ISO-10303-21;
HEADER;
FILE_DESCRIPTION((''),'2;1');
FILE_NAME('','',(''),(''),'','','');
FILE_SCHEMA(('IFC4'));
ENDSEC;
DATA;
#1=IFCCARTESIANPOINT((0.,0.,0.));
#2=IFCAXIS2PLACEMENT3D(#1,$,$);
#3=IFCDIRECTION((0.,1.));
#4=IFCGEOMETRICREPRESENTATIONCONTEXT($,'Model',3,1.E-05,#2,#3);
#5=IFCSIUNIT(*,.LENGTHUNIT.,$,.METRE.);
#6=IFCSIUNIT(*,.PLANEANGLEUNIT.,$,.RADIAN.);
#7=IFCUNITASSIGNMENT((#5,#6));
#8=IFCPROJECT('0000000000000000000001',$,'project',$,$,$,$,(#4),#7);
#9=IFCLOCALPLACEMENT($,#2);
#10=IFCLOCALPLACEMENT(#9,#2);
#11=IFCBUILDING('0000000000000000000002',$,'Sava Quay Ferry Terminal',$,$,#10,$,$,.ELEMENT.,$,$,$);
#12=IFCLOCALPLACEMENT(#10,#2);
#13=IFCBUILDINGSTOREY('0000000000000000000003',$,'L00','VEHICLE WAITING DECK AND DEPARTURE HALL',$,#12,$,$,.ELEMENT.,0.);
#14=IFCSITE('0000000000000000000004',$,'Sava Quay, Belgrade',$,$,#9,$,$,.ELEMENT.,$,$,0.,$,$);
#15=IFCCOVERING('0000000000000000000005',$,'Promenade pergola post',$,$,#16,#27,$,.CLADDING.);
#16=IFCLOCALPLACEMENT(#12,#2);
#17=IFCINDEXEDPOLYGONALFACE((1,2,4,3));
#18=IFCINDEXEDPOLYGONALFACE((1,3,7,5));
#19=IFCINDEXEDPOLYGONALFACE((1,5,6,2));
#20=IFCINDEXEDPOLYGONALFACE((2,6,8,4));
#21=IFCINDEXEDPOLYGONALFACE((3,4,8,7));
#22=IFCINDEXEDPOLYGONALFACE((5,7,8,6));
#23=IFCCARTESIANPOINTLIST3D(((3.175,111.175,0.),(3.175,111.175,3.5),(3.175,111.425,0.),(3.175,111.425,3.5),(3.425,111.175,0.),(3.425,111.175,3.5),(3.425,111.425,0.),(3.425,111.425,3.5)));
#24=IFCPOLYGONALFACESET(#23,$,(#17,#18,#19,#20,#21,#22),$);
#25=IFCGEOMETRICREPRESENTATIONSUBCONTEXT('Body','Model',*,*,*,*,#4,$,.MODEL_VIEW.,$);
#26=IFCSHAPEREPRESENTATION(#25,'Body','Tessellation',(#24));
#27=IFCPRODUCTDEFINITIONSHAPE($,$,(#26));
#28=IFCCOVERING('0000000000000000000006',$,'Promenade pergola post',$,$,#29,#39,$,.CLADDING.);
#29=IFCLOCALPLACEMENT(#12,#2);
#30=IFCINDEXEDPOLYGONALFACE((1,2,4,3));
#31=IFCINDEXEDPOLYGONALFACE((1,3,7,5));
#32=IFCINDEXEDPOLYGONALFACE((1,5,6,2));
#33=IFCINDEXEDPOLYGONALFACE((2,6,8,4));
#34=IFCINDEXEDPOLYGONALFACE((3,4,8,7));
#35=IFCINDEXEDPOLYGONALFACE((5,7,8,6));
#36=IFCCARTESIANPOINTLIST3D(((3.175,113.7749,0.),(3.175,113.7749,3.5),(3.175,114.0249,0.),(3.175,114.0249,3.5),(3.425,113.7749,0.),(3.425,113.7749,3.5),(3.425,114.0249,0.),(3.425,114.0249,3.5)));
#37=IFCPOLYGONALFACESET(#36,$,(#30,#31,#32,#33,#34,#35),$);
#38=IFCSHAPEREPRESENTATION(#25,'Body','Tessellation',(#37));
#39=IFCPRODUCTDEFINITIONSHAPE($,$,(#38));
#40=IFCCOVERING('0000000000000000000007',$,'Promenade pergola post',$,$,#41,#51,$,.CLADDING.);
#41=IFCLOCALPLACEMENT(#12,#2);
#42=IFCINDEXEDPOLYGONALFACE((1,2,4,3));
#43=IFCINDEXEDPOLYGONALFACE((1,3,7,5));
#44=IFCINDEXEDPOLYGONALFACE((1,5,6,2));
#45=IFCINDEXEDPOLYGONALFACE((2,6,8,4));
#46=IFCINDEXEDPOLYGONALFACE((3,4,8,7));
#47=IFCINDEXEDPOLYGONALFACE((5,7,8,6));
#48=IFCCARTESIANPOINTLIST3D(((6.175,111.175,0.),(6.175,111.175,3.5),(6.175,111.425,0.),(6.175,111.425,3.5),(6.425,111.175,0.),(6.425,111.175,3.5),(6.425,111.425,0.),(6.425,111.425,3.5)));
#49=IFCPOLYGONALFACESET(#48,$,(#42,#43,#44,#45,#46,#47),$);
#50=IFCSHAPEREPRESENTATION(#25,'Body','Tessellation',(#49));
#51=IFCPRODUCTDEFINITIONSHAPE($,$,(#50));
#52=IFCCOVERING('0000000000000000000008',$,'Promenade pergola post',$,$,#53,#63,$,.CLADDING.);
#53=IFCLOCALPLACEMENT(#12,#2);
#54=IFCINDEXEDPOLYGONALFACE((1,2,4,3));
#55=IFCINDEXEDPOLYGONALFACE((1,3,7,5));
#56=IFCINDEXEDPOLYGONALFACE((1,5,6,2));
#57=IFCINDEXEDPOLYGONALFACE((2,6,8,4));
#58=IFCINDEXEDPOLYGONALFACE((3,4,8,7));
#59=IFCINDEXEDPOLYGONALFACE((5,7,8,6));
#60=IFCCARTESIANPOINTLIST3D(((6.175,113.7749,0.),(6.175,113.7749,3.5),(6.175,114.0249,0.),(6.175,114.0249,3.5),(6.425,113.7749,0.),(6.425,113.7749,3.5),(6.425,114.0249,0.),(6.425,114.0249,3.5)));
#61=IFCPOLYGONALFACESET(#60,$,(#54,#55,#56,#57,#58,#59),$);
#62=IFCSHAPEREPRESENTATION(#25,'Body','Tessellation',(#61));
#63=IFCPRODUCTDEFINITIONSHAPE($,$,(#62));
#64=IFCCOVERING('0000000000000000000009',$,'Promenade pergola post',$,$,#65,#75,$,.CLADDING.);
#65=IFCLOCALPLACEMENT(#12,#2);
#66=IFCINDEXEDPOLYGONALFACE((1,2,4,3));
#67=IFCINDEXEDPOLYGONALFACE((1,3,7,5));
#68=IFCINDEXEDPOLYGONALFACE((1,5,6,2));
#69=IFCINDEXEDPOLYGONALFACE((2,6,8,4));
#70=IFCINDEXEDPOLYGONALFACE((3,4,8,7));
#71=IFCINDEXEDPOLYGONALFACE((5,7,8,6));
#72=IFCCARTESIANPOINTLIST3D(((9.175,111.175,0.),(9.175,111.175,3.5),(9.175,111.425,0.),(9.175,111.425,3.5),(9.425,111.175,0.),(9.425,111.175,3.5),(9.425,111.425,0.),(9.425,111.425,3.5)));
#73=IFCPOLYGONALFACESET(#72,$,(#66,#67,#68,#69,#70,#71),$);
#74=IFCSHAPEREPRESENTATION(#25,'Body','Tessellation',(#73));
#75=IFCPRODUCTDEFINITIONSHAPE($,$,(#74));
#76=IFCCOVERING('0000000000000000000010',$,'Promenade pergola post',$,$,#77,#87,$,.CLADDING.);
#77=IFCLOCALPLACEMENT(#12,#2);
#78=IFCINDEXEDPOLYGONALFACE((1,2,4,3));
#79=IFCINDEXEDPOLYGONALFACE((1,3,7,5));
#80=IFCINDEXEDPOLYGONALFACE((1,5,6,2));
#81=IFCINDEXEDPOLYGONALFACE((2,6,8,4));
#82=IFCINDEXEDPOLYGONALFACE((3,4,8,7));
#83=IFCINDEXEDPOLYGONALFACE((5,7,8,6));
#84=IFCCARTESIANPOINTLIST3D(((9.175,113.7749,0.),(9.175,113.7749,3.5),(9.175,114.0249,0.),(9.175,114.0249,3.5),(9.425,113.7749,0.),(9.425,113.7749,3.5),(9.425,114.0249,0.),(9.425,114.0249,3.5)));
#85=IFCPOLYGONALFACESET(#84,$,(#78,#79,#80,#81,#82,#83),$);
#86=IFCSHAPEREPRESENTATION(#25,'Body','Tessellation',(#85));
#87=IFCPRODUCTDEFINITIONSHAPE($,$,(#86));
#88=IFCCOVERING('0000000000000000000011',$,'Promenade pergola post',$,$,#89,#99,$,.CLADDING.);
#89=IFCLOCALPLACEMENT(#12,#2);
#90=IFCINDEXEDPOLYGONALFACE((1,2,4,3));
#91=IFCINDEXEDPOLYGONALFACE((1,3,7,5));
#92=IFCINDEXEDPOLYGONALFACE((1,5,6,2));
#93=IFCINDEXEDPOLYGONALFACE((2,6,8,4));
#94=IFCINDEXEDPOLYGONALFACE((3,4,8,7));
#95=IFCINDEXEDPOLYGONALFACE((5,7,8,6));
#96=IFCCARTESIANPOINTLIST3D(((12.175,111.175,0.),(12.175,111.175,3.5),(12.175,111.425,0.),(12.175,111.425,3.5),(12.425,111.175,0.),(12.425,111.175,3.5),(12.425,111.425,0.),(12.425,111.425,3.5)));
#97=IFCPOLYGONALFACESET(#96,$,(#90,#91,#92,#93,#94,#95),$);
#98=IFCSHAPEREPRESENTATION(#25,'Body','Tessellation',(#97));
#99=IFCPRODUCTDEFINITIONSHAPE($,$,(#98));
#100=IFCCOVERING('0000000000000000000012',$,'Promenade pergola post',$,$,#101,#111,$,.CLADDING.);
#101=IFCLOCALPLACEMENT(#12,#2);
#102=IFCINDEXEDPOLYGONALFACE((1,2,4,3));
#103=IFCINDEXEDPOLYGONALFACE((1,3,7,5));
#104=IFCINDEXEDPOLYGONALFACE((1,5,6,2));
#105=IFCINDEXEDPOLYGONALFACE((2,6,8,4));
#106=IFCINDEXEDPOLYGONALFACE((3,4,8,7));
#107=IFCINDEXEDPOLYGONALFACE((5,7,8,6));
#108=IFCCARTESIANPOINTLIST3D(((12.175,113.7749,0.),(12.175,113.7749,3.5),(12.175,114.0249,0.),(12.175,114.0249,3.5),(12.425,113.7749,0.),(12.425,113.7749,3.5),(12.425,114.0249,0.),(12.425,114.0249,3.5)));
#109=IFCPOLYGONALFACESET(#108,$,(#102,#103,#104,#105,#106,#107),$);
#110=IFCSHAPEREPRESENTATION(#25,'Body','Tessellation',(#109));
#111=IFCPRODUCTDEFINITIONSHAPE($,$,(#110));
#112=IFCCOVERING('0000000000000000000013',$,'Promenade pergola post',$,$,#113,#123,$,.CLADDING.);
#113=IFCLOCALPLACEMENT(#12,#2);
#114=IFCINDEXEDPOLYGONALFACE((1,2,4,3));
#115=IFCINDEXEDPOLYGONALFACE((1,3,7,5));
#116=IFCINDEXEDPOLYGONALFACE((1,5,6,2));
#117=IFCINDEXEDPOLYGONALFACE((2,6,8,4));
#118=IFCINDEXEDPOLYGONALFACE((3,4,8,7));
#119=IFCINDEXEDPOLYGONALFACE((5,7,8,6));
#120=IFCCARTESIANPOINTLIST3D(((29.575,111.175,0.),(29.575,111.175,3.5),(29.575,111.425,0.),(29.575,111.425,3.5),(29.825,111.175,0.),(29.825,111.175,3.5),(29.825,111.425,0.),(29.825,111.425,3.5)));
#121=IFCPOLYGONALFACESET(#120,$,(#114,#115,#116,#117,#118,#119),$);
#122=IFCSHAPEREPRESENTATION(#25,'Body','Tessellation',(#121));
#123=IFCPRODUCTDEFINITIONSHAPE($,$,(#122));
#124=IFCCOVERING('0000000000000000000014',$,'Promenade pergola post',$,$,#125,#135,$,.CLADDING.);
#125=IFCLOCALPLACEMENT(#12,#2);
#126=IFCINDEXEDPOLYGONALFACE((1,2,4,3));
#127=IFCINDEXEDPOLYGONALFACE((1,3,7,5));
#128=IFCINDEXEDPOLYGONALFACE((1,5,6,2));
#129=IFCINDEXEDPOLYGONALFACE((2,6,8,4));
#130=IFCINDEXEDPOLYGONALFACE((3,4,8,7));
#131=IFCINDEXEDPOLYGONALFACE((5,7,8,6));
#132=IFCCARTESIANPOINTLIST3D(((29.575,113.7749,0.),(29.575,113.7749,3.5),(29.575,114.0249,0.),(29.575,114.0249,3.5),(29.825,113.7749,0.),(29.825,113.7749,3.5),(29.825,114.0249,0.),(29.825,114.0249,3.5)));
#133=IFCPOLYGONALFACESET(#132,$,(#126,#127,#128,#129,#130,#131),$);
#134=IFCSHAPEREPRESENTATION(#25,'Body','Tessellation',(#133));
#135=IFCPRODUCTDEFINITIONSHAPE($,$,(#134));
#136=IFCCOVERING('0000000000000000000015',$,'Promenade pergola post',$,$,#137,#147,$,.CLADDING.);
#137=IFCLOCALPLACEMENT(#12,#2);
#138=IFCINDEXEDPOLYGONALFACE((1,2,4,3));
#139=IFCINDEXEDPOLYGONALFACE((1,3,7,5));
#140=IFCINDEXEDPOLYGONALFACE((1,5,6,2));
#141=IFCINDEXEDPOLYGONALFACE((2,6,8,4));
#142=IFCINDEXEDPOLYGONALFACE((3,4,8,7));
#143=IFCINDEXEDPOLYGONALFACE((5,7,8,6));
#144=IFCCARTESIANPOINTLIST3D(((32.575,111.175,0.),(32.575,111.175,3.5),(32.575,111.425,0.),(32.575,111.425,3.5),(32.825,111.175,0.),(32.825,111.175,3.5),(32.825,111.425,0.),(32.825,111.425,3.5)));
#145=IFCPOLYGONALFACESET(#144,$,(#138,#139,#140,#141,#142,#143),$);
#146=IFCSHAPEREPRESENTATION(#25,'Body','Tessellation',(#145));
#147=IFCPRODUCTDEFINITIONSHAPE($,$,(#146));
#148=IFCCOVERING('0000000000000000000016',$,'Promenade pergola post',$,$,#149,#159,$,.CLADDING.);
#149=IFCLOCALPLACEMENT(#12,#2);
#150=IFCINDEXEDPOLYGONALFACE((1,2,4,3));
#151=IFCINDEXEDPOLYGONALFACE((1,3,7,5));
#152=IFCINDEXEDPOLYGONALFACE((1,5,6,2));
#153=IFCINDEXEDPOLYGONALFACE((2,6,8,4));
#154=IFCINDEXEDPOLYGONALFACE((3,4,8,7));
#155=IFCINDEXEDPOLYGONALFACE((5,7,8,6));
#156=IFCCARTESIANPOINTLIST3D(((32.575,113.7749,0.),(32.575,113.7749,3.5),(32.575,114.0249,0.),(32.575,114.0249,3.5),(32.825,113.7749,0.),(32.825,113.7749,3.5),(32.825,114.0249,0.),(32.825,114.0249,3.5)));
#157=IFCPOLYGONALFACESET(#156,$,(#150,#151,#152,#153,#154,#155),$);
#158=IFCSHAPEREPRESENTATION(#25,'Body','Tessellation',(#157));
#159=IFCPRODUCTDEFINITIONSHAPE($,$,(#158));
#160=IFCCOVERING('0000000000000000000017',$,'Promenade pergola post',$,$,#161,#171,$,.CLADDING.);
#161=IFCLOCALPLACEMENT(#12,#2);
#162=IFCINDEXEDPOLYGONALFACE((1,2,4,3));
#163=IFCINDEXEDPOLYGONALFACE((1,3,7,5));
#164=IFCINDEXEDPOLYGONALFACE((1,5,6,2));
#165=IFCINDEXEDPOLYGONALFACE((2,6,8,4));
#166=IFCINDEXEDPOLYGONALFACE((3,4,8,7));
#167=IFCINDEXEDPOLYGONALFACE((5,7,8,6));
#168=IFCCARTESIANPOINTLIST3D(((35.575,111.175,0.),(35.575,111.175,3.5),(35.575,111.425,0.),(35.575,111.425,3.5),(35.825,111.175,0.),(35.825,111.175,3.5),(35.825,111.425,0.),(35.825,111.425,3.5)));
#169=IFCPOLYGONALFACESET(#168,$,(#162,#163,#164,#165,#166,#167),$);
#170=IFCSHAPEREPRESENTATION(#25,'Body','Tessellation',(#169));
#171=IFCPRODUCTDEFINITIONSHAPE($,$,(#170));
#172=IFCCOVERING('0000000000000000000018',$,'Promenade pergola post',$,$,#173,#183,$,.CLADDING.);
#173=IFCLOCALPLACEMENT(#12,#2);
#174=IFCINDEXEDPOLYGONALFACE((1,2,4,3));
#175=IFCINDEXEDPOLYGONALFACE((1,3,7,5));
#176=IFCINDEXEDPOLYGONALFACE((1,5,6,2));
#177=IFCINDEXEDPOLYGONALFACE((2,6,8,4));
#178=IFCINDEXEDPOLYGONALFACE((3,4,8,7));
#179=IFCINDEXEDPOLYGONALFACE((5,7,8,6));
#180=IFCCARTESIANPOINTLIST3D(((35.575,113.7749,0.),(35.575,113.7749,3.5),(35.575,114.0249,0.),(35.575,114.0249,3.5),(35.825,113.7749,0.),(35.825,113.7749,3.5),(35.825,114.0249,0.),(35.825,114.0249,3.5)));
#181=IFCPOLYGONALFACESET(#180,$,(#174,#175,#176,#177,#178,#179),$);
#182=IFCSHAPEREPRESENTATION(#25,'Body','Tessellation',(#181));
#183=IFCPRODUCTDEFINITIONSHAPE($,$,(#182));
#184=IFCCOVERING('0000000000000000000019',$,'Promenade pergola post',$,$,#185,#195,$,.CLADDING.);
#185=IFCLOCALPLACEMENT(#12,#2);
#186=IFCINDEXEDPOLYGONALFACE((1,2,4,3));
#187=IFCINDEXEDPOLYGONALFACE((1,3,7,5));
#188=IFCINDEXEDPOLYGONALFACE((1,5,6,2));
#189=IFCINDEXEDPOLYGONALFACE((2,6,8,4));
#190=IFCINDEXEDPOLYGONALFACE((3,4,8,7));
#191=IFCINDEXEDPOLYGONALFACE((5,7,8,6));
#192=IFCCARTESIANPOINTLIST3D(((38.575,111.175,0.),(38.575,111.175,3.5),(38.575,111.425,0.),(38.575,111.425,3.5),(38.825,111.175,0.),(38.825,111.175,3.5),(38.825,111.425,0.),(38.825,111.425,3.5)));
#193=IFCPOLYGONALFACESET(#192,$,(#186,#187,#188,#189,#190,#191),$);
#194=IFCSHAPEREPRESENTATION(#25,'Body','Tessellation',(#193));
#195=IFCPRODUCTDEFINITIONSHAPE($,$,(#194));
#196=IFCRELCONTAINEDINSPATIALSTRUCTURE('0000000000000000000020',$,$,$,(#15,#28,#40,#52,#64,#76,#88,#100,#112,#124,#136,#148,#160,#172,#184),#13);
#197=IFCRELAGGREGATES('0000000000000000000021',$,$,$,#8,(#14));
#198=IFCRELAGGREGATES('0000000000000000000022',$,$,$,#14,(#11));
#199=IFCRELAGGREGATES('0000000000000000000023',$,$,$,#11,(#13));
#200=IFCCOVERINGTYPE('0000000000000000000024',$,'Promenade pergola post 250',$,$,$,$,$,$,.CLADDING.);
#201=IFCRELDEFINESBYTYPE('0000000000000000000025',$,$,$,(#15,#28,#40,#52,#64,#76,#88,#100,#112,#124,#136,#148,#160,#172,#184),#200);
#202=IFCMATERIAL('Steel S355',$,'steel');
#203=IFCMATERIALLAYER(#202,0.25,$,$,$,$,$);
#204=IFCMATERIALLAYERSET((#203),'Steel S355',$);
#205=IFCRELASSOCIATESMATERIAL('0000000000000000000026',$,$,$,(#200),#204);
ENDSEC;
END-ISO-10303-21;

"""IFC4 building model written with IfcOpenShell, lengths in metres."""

from ifc_helpers import new_model, si_unit, direction, origin, place, context, subcontext, project, spatial, polyline, outline, extrude, material, layer, layer_set, type_object, element, save


model = new_model("IFC4")

# Units and contexts
model_context = context("Model", 3, precision=1e-05, world=origin(), true_north=direction((0.0, 1.0)))
body_context = subcontext(model_context, "Body", "Model", "MODEL_VIEW")
ifc_project = project(units=[si_unit("LENGTHUNIT", "METRE"), si_unit("PLANEANGLEUNIT", "RADIAN")], contexts=[model_context])

# Site, building, storey
site_placement = place(None, origin())
site = spatial("IfcSite", under=ifc_project, at=site_placement, Name="Sava Quay, Belgrade", CompositionType="ELEMENT", RefElevation=0.0)
building_placement = place(site_placement, origin())
building = spatial("IfcBuilding", under=site, at=building_placement, Name="Sava Quay Ferry Terminal", CompositionType="ELEMENT")
storey_placement = place(building_placement, origin())
storey = spatial("IfcBuildingStorey", under=building, at=storey_placement, Name="L00", Description="VEHICLE WAITING DECK AND DEPARTURE HALL", CompositionType="ELEMENT", Elevation=0.0)

# Coverings
ifc_material_1 = material(Name="Steel S355", Category="steel")
ifc_layer_1 = layer(ifc_material_1, 0.25)
ifc_layer_set_1 = layer_set([ifc_layer_1], Name="Steel S355")
covering_type_1 = type_object("IfcCoveringType", Name="Promenade pergola post 250", PredefinedType="CLADDING", material=ifc_layer_set_1)
covering_1_placement = place(storey_placement, origin())
element("IfcCovering", 1, at=covering_1_placement, inside=storey, type_object=covering_type_1, Name="Promenade pergola post", PredefinedType="CLADDING", context=body_context, shape_type="SweptSolid", body=[
    extrude(outline(polyline([(3.425, 111.175), (3.425, 111.425), (3.175, 111.425), (3.175, 111.175), (3.425, 111.175)])), origin(), (0.0, 0.0, 1.0), 3.5),
])
covering_2_placement = place(storey_placement, origin())
element("IfcCovering", 2, at=covering_2_placement, inside=storey, type_object=covering_type_1, Name="Promenade pergola post", PredefinedType="CLADDING", context=body_context, shape_type="SweptSolid", body=[
    extrude(outline(polyline([(3.425, 113.7749), (3.425, 114.0249), (3.175, 114.0249), (3.175, 113.7749), (3.425, 113.7749)])), origin(), (0.0, 0.0, 1.0), 3.5),
])
covering_3_placement = place(storey_placement, origin())
element("IfcCovering", 3, at=covering_3_placement, inside=storey, type_object=covering_type_1, Name="Promenade pergola post", PredefinedType="CLADDING", context=body_context, shape_type="SweptSolid", body=[
    extrude(outline(polyline([(6.425, 111.175), (6.425, 111.425), (6.175, 111.425), (6.175, 111.175), (6.425, 111.175)])), origin(), (0.0, 0.0, 1.0), 3.5),
])
covering_4_placement = place(storey_placement, origin())
element("IfcCovering", 4, at=covering_4_placement, inside=storey, type_object=covering_type_1, Name="Promenade pergola post", PredefinedType="CLADDING", context=body_context, shape_type="SweptSolid", body=[
    extrude(outline(polyline([(6.425, 113.7749), (6.425, 114.0249), (6.175, 114.0249), (6.175, 113.7749), (6.425, 113.7749)])), origin(), (0.0, 0.0, 1.0), 3.5),
])
covering_5_placement = place(storey_placement, origin())
element("IfcCovering", 5, at=covering_5_placement, inside=storey, type_object=covering_type_1, Name="Promenade pergola post", PredefinedType="CLADDING", context=body_context, shape_type="SweptSolid", body=[
    extrude(outline(polyline([(9.425, 111.175), (9.425, 111.425), (9.175, 111.425), (9.175, 111.175), (9.425, 111.175)])), origin(), (0.0, 0.0, 1.0), 3.5),
])
covering_6_placement = place(storey_placement, origin())
element("IfcCovering", 6, at=covering_6_placement, inside=storey, type_object=covering_type_1, Name="Promenade pergola post", PredefinedType="CLADDING", context=body_context, shape_type="SweptSolid", body=[
    extrude(outline(polyline([(9.425, 113.7749), (9.425, 114.0249), (9.175, 114.0249), (9.175, 113.7749), (9.425, 113.7749)])), origin(), (0.0, 0.0, 1.0), 3.5),
])
covering_7_placement = place(storey_placement, origin())
element("IfcCovering", 7, at=covering_7_placement, inside=storey, type_object=covering_type_1, Name="Promenade pergola post", PredefinedType="CLADDING", context=body_context, shape_type="SweptSolid", body=[
    extrude(outline(polyline([(12.425, 111.175), (12.425, 111.425), (12.175, 111.425), (12.175, 111.175), (12.425, 111.175)])), origin(), (0.0, 0.0, 1.0), 3.5),
])
covering_8_placement = place(storey_placement, origin())
element("IfcCovering", 8, at=covering_8_placement, inside=storey, type_object=covering_type_1, Name="Promenade pergola post", PredefinedType="CLADDING", context=body_context, shape_type="SweptSolid", body=[
    extrude(outline(polyline([(12.425, 113.7749), (12.425, 114.0249), (12.175, 114.0249), (12.175, 113.7749), (12.425, 113.7749)])), origin(), (0.0, 0.0, 1.0), 3.5),
])
covering_9_placement = place(storey_placement, origin())
element("IfcCovering", 9, at=covering_9_placement, inside=storey, type_object=covering_type_1, Name="Promenade pergola post", PredefinedType="CLADDING", context=body_context, shape_type="SweptSolid", body=[
    extrude(outline(polyline([(29.825, 111.175), (29.825, 111.425), (29.575, 111.425), (29.575, 111.175), (29.825, 111.175)])), origin(), (0.0, 0.0, 1.0), 3.5),
])
covering_10_placement = place(storey_placement, origin())
element("IfcCovering", 10, at=covering_10_placement, inside=storey, type_object=covering_type_1, Name="Promenade pergola post", PredefinedType="CLADDING", context=body_context, shape_type="SweptSolid", body=[
    extrude(outline(polyline([(29.825, 113.7749), (29.825, 114.0249), (29.575, 114.0249), (29.575, 113.7749), (29.825, 113.7749)])), origin(), (0.0, 0.0, 1.0), 3.5),
])
covering_11_placement = place(storey_placement, origin())
element("IfcCovering", 11, at=covering_11_placement, inside=storey, type_object=covering_type_1, Name="Promenade pergola post", PredefinedType="CLADDING", context=body_context, shape_type="SweptSolid", body=[
    extrude(outline(polyline([(32.825, 111.175), (32.825, 111.425), (32.575, 111.425), (32.575, 111.175), (32.825, 111.175)])), origin(), (0.0, 0.0, 1.0), 3.5),
])
covering_12_placement = place(storey_placement, origin())
element("IfcCovering", 12, at=covering_12_placement, inside=storey, type_object=covering_type_1, Name="Promenade pergola post", PredefinedType="CLADDING", context=body_context, shape_type="SweptSolid", body=[
    extrude(outline(polyline([(32.825, 113.7749), (32.825, 114.0249), (32.575, 114.0249), (32.575, 113.7749), (32.825, 113.7749)])), origin(), (0.0, 0.0, 1.0), 3.5),
])
covering_13_placement = place(storey_placement, origin())
element("IfcCovering", 13, at=covering_13_placement, inside=storey, type_object=covering_type_1, Name="Promenade pergola post", PredefinedType="CLADDING", context=body_context, shape_type="SweptSolid", body=[
    extrude(outline(polyline([(35.825, 111.175), (35.825, 111.425), (35.575, 111.425), (35.575, 111.175), (35.825, 111.175)])), origin(), (0.0, 0.0, 1.0), 3.5),
])
covering_14_placement = place(storey_placement, origin())
element("IfcCovering", 14, at=covering_14_placement, inside=storey, type_object=covering_type_1, Name="Promenade pergola post", PredefinedType="CLADDING", context=body_context, shape_type="SweptSolid", body=[
    extrude(outline(polyline([(35.825, 113.7749), (35.825, 114.0249), (35.575, 114.0249), (35.575, 113.7749), (35.825, 113.7749)])), origin(), (0.0, 0.0, 1.0), 3.5),
])
covering_15_placement = place(storey_placement, origin())
element("IfcCovering", 15, at=covering_15_placement, inside=storey, type_object=covering_type_1, Name="Promenade pergola post", PredefinedType="CLADDING", context=body_context, shape_type="SweptSolid", body=[
    extrude(outline(polyline([(38.825, 111.175), (38.825, 111.425), (38.575, 111.425), (38.575, 111.175), (38.825, 111.175)])), origin(), (0.0, 0.0, 1.0), 3.5),
])

save(model, "model.ifc")
